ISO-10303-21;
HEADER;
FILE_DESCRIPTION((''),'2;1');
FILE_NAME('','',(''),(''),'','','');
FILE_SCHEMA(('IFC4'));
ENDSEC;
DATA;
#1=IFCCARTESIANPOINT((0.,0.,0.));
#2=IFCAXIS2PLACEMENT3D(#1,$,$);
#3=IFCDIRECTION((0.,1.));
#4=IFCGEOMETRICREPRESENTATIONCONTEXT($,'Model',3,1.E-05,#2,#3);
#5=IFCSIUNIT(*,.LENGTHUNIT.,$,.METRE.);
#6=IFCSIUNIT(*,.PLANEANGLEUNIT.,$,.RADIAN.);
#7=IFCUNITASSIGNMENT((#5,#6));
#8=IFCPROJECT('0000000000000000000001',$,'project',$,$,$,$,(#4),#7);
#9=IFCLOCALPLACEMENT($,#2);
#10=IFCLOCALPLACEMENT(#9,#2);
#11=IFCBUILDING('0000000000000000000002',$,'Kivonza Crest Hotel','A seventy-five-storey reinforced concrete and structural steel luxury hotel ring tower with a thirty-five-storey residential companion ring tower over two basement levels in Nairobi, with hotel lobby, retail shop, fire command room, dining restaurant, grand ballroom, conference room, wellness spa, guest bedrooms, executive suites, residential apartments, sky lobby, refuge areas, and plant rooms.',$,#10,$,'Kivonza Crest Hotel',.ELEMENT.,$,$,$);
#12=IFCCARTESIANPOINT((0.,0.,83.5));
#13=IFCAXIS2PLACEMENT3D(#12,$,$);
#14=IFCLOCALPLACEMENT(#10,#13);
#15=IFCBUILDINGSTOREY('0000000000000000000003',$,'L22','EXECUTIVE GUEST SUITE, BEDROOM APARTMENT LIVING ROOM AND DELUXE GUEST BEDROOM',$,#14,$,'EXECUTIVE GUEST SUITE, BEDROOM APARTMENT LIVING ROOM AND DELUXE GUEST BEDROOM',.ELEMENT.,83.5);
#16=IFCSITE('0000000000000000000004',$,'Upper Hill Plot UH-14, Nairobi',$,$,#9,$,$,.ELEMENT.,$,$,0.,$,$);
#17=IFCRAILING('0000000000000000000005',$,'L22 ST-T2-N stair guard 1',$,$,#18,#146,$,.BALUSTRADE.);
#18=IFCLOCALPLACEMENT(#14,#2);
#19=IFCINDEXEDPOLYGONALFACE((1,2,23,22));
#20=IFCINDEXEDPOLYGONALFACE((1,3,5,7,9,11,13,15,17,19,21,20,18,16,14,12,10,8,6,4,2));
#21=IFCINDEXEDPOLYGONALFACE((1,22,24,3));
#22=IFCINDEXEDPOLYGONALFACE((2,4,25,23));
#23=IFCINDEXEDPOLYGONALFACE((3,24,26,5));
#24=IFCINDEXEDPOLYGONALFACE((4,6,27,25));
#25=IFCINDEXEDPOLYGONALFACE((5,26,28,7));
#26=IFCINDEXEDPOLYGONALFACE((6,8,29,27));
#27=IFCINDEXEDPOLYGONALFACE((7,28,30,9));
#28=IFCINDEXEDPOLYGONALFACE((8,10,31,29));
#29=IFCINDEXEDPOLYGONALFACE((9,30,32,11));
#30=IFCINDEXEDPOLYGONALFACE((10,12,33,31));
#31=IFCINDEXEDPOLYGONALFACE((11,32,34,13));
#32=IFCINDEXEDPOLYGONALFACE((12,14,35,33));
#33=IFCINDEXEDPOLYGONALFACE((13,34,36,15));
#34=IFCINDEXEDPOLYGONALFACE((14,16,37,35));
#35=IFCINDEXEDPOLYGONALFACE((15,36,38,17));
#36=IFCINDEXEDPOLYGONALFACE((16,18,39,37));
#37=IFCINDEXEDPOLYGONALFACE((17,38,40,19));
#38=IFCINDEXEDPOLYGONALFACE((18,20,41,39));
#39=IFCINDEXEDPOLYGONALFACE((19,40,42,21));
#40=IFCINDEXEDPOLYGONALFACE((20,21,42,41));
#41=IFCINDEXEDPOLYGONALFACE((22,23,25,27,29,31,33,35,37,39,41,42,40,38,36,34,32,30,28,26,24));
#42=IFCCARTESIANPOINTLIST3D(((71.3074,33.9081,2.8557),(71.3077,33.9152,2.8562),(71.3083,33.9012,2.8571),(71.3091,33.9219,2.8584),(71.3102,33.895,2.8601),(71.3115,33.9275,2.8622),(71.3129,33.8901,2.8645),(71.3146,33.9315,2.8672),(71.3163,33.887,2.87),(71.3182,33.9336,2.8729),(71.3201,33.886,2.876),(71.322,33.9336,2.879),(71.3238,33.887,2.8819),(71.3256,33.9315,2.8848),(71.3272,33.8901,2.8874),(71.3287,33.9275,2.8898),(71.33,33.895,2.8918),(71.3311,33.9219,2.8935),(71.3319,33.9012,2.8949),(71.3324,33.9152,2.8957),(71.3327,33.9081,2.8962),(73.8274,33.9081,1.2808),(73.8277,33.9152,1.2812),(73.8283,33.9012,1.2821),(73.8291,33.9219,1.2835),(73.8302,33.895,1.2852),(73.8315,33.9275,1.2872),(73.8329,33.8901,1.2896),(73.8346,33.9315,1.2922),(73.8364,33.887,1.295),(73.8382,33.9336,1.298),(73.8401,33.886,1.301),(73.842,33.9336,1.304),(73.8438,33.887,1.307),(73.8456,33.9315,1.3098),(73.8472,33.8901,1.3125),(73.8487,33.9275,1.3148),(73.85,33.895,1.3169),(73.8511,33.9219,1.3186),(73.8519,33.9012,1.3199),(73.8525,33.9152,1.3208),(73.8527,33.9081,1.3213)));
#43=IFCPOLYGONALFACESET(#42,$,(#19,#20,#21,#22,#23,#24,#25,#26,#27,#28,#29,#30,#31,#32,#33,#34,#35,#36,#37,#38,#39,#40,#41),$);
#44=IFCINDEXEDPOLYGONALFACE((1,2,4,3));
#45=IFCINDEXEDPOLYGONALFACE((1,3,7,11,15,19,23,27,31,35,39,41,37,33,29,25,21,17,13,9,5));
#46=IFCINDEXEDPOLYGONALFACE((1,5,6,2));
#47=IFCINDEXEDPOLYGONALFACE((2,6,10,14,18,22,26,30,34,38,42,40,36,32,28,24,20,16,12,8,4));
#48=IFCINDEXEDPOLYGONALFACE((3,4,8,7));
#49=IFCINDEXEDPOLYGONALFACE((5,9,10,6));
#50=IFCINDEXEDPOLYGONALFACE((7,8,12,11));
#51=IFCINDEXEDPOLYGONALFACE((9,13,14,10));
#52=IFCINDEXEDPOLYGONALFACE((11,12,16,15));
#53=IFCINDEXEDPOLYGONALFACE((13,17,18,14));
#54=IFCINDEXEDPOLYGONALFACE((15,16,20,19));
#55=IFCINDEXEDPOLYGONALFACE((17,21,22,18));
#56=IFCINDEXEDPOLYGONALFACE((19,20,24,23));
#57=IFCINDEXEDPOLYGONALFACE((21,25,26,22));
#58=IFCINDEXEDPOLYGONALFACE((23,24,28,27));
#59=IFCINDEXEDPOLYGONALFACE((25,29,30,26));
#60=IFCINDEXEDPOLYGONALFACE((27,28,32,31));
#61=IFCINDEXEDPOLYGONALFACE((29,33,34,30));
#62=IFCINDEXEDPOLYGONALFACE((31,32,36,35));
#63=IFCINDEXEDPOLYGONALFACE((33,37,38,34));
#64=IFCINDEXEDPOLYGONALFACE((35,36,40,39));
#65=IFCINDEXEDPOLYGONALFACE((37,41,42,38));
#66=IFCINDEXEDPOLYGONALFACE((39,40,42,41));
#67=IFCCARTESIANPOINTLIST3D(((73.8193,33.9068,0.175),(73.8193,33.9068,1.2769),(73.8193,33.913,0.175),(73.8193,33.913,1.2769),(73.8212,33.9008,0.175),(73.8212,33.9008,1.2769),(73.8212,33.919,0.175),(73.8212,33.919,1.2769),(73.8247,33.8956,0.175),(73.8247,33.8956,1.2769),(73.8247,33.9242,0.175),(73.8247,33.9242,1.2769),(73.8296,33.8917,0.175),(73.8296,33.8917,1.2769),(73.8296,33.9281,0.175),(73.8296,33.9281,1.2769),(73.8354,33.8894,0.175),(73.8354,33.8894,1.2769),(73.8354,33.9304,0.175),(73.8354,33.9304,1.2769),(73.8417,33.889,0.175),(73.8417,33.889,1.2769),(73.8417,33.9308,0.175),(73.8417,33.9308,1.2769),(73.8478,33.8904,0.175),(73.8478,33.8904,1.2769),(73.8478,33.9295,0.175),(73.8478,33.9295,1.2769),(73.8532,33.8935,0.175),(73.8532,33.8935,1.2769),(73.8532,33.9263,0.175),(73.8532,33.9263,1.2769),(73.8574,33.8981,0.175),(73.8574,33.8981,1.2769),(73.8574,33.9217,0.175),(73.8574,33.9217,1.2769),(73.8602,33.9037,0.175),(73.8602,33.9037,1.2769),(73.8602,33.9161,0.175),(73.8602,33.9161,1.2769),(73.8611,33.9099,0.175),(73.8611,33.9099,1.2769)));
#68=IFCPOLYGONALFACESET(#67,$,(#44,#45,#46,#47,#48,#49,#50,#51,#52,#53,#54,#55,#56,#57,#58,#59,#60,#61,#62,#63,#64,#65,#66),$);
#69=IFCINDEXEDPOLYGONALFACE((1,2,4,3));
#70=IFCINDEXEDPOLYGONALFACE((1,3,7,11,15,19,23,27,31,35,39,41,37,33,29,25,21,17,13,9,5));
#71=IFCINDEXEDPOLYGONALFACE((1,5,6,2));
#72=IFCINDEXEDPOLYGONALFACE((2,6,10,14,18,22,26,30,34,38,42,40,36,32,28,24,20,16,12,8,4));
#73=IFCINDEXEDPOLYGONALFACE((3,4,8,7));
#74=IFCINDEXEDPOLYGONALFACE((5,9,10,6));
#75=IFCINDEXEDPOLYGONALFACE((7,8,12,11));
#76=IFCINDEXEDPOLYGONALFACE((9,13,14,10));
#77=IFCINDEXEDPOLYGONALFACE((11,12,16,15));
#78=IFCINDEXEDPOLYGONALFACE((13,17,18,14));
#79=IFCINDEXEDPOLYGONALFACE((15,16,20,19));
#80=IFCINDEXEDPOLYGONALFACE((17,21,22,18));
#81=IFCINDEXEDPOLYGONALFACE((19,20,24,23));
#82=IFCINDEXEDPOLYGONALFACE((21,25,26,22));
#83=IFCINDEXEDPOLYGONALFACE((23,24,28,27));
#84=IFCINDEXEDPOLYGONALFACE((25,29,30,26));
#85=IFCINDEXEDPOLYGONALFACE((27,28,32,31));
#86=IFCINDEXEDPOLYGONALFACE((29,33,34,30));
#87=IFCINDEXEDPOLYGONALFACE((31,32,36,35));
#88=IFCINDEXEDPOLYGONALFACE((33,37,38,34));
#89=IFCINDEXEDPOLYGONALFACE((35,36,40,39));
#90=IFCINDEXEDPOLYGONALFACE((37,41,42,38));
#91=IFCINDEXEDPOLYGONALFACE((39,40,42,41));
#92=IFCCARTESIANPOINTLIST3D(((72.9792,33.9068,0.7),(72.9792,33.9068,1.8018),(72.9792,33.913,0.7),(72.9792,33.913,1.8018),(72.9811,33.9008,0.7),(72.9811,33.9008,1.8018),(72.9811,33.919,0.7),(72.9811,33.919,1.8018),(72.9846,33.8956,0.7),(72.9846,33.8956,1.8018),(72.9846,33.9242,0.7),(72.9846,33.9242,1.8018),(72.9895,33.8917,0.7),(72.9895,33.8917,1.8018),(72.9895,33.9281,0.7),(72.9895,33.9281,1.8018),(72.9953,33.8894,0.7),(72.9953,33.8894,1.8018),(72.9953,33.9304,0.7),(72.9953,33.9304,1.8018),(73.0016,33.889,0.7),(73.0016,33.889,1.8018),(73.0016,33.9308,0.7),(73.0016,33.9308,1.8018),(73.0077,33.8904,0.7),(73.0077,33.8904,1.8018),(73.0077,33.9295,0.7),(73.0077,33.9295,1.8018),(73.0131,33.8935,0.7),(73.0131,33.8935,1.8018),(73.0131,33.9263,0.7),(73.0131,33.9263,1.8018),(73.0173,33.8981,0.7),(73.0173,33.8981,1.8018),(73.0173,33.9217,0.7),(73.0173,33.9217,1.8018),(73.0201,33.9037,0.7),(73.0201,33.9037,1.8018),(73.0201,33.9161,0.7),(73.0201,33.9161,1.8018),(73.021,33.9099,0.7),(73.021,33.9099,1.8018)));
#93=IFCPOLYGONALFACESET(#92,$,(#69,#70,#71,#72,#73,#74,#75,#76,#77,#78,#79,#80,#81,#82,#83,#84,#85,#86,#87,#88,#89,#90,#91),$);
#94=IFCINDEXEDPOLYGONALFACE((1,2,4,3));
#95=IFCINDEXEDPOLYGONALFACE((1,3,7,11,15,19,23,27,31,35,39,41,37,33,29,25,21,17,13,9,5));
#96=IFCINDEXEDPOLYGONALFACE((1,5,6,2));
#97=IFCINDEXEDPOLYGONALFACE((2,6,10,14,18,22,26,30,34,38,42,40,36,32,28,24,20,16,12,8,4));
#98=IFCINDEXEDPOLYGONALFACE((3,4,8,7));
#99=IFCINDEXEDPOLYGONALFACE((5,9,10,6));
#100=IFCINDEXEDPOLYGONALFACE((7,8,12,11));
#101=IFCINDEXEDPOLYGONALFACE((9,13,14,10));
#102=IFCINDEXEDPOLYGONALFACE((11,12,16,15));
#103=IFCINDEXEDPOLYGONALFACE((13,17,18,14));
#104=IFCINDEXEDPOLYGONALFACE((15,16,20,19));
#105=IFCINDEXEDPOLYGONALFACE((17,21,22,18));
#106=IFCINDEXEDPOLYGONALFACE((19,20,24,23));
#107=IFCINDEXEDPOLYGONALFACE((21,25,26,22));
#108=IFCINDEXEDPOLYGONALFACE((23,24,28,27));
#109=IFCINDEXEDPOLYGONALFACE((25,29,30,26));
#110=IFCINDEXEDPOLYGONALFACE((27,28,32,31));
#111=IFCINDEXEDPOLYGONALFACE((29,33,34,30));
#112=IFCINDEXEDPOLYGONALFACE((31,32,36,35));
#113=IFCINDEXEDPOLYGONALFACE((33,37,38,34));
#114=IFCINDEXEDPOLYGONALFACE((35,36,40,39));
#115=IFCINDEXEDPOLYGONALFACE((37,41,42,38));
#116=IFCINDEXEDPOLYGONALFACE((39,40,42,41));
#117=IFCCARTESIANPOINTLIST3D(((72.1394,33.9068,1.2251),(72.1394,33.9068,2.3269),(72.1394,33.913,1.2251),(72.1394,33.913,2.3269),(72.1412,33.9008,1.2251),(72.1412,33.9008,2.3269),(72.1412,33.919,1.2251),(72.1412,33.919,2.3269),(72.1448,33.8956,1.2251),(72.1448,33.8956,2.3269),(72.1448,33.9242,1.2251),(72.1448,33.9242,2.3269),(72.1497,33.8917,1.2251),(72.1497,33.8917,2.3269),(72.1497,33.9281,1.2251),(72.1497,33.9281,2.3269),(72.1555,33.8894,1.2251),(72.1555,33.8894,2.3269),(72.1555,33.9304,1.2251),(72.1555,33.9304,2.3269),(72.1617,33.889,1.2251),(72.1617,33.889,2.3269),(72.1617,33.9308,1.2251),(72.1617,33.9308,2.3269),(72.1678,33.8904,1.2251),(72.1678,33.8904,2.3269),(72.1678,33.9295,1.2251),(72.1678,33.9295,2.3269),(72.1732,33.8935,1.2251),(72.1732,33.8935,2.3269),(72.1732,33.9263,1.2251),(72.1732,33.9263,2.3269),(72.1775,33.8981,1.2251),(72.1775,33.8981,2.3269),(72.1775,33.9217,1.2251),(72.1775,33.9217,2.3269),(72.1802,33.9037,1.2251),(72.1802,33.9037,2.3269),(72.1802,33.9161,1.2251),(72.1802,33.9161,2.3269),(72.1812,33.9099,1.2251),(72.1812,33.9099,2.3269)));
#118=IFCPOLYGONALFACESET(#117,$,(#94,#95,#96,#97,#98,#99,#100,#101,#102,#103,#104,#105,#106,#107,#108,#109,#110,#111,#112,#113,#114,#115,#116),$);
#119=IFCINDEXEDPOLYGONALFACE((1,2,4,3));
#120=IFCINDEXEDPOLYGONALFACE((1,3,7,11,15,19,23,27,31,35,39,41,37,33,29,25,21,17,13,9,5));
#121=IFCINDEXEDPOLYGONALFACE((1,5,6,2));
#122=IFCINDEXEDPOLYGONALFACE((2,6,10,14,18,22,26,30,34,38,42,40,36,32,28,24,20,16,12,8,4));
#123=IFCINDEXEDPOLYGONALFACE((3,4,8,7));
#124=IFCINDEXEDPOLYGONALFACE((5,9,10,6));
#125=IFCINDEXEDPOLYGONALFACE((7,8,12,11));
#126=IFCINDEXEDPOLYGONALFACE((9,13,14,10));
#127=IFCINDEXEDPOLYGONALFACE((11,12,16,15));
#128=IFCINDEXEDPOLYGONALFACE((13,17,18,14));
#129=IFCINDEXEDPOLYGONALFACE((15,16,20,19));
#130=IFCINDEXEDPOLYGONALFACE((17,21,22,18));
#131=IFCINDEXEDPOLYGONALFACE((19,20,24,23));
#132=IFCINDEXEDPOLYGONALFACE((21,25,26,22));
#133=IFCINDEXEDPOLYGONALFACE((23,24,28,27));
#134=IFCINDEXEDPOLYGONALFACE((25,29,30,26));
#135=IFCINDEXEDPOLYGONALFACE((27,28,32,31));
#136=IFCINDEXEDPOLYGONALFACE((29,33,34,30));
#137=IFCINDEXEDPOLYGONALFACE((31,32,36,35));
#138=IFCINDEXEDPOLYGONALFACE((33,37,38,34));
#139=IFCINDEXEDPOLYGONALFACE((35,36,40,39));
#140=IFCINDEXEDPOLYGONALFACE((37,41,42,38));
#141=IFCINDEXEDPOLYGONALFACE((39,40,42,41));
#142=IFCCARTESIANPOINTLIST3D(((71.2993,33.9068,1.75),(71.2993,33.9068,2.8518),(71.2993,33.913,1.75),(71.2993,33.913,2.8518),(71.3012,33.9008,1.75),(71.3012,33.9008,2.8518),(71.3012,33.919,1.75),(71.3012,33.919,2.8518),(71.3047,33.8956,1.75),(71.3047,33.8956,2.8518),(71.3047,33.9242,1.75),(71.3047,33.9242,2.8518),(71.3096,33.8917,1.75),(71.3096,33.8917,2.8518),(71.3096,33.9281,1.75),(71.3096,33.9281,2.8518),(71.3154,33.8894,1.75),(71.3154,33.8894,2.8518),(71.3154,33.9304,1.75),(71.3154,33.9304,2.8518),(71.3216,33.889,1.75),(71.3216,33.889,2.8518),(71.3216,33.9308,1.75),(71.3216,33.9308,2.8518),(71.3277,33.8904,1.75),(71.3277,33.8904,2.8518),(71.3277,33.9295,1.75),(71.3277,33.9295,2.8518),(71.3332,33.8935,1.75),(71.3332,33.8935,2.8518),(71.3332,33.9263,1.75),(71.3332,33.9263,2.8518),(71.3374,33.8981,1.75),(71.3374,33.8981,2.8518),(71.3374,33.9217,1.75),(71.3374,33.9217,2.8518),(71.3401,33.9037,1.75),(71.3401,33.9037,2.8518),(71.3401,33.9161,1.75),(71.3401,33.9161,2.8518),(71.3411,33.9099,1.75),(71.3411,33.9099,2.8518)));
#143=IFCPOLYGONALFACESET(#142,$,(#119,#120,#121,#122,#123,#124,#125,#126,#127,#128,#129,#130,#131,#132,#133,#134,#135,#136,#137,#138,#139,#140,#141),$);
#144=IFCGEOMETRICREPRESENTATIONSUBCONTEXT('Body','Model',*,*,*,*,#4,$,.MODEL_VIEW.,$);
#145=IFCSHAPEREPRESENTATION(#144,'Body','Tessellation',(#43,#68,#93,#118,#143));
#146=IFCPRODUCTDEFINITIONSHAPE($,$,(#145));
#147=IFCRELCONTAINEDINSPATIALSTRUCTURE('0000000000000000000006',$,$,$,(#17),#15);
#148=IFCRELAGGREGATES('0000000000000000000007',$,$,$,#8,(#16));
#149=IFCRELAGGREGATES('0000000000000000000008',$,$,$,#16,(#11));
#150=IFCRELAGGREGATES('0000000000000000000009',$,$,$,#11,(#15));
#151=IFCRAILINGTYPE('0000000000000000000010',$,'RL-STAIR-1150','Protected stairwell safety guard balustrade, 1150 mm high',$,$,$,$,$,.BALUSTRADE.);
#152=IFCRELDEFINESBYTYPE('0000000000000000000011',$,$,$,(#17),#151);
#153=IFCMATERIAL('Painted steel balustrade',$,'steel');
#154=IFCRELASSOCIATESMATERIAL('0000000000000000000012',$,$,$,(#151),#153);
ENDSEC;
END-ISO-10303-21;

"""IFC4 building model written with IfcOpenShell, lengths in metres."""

from ifc_helpers import new_model, si_unit, direction, frame, origin, origin_2d, place, context, subcontext, project, spatial, circle, extrude, material, type_object, element, save


model = new_model("IFC4")

# Units and contexts
model_context = context("Model", 3, precision=1e-05, world=origin(), true_north=direction((0.0, 1.0)))
body_context = subcontext(model_context, "Body", "Model", "MODEL_VIEW")
ifc_project = project(units=[si_unit("LENGTHUNIT", "METRE"), si_unit("PLANEANGLEUNIT", "RADIAN")], contexts=[model_context])

# Site, building, storey
site_placement = place(None, origin())
site = spatial("IfcSite", under=ifc_project, at=site_placement, Name="Upper Hill Plot UH-14, Nairobi", CompositionType="ELEMENT", RefElevation=0.0)
building_placement = place(site_placement, origin())
building = spatial("IfcBuilding", under=site, at=building_placement, Name="Kivonza Crest Hotel", Description="A seventy-five-storey reinforced concrete and structural steel luxury hotel ring tower with a thirty-five-storey residential companion ring tower over two basement levels in Nairobi, with hotel lobby, retail shop, fire command room, dining restaurant, grand ballroom, conference room, wellness spa, guest bedrooms, executive suites, residential apartments, sky lobby, refuge areas, and plant rooms.", LongName="Kivonza Crest Hotel", CompositionType="ELEMENT")
storey_placement = place(building_placement, frame((0.0, 0.0, 83.5)))
storey = spatial("IfcBuildingStorey", under=building, at=storey_placement, Name="L22", Description="EXECUTIVE GUEST SUITE, BEDROOM APARTMENT LIVING ROOM AND DELUXE GUEST BEDROOM", LongName="EXECUTIVE GUEST SUITE, BEDROOM APARTMENT LIVING ROOM AND DELUXE GUEST BEDROOM", CompositionType="ELEMENT", Elevation=83.5)

# Railing
ifc_material_1 = material(Name="Painted steel balustrade", Category="steel")
railing_type_1 = type_object("IfcRailingType", Name="RL-STAIR-1150", Description="Protected stairwell safety guard balustrade, 1150 mm high", PredefinedType="BALUSTRADE", material=ifc_material_1)
railing_1_placement = place(storey_placement, frame((73.8401, 33.9099, 0.175)))
element("IfcRailing", 1, at=railing_1_placement, inside=storey, type_object=railing_type_1, Name="L22 ST-T2-N stair guard 1", PredefinedType="BALUSTRADE", context=body_context, shape_type="SweptSolid", body=[
    extrude(circle(Radius=0.0239, at=origin_2d()), frame((0.0, 0.0, 1.126), z_axis=(-0.848008, 0.0, 0.529984), x_axis=(0.0, -1.0, 0.0)), (0.0, 0.0, 1.0), 2.9717),
    extrude(circle(Radius=0.021, at=origin_2d()), origin(), (0.0, 0.0, 1.0), 1.1018),
    extrude(circle(Radius=0.021, at=origin_2d()), frame((-0.8401, 0.0, 0.5249)), (0.0, 0.0, 1.0), 1.1018),
    extrude(circle(Radius=0.021, at=origin_2d()), frame((-1.6799, 0.0, 1.05)), (0.0, 0.0, 1.0), 1.1018),
    extrude(circle(Radius=0.021, at=origin_2d()), frame((-2.52, 0.0, 1.575)), (0.0, 0.0, 1.0), 1.1018),
])

save(model, "model.ifc")
